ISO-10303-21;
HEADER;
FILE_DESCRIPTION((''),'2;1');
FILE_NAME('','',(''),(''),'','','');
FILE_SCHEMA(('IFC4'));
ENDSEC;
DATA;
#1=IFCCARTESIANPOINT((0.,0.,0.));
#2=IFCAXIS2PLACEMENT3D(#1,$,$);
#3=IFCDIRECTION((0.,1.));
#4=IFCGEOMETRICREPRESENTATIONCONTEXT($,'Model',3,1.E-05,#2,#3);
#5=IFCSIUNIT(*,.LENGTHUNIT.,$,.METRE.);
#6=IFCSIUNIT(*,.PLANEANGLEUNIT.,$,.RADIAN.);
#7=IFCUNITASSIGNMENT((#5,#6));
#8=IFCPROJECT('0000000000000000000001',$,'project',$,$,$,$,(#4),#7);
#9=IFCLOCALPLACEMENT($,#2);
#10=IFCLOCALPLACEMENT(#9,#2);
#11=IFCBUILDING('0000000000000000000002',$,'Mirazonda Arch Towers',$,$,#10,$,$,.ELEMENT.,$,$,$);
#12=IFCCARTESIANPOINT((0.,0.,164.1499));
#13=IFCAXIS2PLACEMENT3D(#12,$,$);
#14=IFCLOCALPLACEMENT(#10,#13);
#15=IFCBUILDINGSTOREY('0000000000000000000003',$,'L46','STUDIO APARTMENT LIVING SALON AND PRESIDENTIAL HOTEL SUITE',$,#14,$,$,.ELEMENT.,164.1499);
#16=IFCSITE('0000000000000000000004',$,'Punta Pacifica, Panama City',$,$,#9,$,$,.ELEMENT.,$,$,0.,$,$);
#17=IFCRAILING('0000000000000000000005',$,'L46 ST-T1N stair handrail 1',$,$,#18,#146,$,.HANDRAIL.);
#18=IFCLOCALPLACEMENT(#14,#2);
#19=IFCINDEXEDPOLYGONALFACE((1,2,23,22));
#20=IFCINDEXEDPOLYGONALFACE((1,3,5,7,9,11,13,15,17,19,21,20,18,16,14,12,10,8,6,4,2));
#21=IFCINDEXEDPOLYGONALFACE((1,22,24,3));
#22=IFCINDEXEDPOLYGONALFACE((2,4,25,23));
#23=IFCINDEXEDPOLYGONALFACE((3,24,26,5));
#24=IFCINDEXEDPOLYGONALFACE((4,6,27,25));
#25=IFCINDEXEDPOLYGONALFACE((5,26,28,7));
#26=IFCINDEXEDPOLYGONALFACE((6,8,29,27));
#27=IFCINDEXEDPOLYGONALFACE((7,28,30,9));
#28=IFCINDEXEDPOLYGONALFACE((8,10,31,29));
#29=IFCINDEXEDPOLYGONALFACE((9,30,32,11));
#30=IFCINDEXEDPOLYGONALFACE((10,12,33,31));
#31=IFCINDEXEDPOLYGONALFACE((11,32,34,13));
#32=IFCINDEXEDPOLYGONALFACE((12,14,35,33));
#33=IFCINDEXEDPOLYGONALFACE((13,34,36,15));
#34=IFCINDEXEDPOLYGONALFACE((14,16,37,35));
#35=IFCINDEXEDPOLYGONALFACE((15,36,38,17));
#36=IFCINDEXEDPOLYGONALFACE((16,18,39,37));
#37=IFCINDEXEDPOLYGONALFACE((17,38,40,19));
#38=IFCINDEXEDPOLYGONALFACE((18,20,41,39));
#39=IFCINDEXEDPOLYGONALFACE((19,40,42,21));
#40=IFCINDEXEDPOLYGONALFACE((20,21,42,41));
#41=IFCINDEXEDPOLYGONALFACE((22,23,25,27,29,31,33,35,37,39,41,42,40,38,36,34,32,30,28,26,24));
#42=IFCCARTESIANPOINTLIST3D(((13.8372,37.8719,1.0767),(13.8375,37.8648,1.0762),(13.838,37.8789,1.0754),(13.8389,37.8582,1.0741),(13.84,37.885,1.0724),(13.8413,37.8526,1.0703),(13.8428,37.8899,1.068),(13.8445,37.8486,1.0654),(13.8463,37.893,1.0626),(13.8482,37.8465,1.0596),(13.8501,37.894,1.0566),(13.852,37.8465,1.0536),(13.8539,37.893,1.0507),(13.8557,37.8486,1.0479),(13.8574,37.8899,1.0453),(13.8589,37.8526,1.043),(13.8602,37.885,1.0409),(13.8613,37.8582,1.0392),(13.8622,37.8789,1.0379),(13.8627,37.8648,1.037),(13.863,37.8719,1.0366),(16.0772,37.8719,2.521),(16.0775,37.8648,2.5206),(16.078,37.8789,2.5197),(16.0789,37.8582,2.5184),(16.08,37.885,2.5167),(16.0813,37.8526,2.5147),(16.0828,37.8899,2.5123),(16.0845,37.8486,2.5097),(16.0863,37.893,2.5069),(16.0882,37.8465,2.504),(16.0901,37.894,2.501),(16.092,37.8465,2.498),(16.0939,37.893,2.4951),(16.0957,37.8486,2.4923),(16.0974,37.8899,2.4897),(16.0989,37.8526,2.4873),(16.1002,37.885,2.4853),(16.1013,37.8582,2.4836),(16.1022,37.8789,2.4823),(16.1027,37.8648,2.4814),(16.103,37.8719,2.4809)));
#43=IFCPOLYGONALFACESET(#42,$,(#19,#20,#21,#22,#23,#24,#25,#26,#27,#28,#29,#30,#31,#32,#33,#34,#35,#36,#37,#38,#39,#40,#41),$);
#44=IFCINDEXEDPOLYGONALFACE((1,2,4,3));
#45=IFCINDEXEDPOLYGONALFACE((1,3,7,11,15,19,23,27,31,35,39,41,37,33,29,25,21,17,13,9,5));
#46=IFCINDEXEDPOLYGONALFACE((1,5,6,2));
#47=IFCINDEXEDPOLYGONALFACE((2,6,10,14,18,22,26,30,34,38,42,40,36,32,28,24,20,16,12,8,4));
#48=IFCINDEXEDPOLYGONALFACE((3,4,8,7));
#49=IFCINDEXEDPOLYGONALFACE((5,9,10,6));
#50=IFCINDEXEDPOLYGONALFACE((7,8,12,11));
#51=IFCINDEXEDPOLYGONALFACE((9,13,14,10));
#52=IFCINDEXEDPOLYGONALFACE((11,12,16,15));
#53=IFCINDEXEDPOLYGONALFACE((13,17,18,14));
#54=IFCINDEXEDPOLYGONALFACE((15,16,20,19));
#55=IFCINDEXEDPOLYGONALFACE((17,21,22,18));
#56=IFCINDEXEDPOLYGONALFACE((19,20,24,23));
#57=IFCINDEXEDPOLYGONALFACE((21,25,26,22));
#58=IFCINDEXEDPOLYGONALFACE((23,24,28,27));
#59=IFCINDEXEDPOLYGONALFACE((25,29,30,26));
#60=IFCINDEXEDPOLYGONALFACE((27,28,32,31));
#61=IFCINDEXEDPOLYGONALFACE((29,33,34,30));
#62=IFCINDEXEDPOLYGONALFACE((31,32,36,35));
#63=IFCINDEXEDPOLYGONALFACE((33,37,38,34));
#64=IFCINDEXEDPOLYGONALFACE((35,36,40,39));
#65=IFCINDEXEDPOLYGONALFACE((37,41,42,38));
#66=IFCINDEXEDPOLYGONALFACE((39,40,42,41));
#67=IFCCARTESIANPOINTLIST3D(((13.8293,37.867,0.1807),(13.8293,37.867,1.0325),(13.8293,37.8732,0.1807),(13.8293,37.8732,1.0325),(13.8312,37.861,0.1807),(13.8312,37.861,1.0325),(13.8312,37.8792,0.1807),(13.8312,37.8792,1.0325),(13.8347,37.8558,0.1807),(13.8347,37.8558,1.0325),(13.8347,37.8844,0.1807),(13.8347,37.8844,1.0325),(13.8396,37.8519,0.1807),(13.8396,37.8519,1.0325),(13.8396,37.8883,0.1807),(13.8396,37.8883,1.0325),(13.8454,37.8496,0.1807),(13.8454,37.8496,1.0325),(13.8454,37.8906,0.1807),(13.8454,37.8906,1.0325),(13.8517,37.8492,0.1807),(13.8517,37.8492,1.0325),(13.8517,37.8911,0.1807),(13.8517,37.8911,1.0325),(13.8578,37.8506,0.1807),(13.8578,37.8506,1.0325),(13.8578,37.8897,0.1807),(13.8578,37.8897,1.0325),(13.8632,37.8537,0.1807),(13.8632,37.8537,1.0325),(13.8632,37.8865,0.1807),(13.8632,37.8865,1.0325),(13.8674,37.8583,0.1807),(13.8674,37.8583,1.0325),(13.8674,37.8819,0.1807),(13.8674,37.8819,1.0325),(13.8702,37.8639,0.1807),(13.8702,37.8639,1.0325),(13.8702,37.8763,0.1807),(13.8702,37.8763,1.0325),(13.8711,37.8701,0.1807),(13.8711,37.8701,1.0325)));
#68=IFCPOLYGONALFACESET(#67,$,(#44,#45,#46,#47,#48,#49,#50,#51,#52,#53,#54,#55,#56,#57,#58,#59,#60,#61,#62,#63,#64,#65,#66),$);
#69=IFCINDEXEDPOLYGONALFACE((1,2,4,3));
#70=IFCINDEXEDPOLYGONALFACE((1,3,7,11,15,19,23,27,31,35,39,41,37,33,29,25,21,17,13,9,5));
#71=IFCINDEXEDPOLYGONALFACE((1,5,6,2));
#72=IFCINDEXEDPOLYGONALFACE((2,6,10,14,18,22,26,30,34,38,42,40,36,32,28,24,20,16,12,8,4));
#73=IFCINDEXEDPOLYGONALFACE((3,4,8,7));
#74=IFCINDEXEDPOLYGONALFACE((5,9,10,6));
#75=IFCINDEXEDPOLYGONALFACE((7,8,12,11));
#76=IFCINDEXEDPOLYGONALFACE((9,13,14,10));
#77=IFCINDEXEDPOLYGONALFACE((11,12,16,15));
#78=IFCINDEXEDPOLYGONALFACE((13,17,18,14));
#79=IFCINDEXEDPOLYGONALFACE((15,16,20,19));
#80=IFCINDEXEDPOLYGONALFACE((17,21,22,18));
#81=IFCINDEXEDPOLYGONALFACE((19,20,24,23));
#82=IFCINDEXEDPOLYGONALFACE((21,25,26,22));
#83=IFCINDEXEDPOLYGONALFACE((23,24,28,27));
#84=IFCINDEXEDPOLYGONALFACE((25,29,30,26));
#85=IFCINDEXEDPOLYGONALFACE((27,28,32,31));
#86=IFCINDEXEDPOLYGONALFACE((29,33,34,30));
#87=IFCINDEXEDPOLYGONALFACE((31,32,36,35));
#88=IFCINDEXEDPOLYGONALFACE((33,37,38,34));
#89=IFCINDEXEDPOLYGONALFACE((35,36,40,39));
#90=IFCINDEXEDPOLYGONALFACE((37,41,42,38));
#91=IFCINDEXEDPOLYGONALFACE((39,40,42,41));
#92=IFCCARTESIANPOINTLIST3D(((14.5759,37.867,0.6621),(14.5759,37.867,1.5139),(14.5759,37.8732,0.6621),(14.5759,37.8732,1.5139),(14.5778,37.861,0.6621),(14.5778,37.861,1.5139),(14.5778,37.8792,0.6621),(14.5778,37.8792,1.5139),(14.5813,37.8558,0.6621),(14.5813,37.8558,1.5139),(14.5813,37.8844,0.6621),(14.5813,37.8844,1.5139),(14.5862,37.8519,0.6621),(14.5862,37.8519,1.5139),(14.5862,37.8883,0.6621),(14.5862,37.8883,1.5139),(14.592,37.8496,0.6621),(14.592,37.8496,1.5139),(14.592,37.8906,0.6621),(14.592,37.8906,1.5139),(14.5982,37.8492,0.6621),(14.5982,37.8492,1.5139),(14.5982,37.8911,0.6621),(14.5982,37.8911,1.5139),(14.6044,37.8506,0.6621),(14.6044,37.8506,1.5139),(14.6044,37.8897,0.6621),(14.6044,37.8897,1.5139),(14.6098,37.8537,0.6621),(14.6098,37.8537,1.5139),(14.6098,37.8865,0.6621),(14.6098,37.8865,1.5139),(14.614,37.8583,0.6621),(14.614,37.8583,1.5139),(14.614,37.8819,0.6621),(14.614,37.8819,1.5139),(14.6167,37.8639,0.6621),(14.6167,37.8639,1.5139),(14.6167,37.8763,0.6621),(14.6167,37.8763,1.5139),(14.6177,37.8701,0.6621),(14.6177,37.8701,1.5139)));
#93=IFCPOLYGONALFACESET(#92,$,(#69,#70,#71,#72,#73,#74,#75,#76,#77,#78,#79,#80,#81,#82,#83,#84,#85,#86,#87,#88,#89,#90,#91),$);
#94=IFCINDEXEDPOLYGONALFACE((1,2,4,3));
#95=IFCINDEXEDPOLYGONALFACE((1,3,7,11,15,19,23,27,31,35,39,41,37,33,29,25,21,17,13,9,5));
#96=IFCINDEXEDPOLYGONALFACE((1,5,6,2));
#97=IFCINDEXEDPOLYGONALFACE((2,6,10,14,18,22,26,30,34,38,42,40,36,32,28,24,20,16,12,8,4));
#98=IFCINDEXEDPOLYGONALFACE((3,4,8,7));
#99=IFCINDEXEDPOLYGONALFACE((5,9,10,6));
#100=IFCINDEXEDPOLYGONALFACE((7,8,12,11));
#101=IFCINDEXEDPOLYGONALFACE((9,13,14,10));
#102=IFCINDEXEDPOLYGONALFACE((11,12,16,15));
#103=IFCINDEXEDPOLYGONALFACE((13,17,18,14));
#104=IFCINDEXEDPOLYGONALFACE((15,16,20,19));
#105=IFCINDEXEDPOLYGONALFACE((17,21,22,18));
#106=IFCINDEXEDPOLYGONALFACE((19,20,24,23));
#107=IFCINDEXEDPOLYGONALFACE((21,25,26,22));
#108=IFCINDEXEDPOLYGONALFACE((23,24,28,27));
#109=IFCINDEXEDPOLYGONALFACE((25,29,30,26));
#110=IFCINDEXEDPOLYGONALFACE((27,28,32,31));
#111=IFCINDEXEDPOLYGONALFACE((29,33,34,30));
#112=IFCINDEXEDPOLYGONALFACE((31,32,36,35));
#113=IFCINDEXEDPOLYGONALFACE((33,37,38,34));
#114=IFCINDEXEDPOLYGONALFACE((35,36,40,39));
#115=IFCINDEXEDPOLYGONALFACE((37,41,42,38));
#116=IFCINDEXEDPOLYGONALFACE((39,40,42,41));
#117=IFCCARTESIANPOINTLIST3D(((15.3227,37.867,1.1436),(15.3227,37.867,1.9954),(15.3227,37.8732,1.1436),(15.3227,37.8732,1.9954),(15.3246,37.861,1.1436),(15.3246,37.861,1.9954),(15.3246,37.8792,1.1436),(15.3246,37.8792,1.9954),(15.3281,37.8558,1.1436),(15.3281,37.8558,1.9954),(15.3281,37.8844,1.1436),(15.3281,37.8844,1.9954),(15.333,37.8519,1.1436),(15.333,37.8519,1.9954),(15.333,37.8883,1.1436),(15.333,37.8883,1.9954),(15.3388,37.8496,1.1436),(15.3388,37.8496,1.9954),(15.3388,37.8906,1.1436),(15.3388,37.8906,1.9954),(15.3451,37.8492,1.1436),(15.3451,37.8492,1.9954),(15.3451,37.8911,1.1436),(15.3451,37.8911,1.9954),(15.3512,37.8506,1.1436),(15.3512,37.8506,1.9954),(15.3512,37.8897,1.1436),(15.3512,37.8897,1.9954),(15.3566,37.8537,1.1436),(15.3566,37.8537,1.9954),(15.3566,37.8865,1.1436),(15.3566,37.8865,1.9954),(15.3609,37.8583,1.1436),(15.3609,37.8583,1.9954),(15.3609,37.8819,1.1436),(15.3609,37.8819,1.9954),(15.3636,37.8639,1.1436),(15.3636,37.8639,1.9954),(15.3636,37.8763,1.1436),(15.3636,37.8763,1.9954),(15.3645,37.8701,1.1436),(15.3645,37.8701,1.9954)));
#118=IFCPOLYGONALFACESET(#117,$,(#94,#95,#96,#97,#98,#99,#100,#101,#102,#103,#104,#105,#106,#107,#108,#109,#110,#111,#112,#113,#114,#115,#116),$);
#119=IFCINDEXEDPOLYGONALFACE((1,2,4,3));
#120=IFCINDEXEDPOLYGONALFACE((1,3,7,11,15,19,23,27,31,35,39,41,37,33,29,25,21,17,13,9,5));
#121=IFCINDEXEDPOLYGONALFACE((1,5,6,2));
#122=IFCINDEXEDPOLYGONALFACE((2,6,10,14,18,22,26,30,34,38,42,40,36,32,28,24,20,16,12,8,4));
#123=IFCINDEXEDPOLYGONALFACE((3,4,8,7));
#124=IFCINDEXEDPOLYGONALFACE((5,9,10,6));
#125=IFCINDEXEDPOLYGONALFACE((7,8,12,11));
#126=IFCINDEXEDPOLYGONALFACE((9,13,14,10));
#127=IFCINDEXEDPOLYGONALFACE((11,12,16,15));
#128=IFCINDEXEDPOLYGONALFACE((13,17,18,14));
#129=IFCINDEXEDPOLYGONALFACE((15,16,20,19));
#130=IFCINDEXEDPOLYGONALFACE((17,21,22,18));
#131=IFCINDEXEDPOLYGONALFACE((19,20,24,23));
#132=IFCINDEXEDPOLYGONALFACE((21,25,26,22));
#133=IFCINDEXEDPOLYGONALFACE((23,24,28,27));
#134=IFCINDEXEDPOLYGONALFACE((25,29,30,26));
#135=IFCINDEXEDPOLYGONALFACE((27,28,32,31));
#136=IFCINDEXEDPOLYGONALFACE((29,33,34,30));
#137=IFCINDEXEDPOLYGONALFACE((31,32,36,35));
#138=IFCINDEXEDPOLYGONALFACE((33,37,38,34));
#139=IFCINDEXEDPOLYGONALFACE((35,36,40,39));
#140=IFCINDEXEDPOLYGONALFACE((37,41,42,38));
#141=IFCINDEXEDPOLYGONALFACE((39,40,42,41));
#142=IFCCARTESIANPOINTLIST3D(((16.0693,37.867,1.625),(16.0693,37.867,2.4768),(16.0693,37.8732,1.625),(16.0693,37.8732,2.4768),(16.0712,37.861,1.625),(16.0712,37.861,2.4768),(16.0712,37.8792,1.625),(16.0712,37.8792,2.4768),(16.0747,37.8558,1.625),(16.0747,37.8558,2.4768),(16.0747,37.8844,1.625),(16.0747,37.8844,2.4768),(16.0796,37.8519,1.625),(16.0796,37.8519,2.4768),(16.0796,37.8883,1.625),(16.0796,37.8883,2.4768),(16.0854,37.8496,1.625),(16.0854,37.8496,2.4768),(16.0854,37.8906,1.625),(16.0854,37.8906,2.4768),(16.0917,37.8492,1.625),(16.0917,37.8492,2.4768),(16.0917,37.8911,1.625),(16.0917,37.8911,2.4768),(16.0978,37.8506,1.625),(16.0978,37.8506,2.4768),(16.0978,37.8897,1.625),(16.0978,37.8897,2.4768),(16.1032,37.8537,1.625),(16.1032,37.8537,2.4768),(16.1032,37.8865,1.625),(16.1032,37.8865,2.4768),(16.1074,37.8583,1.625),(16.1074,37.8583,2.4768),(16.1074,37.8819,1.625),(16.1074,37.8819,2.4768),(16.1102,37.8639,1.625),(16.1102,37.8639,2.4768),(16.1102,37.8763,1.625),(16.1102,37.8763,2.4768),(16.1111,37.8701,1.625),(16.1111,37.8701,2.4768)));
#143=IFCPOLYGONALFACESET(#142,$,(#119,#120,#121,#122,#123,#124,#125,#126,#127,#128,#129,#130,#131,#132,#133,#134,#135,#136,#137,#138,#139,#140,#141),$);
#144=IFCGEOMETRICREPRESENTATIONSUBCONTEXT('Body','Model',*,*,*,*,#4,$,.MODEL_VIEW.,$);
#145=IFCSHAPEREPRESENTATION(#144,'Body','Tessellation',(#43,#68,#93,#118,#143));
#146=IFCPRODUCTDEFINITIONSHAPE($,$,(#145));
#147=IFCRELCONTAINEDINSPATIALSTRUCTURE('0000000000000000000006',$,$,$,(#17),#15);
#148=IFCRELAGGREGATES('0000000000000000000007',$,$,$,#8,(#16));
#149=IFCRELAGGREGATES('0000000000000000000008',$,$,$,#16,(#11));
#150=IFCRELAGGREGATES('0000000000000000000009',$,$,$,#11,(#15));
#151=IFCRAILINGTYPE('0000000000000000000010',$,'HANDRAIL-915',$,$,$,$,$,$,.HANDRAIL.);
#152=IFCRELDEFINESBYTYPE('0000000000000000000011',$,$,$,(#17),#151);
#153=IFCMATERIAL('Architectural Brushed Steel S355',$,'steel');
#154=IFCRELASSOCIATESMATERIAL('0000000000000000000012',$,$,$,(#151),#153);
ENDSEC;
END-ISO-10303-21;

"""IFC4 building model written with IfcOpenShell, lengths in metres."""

from ifc_helpers import new_model, si_unit, direction, frame, origin, origin_2d, place, context, subcontext, project, spatial, circle, extrude, material, type_object, element, save


model = new_model("IFC4")

# Units and contexts
model_context = context("Model", 3, precision=1e-05, world=origin(), true_north=direction((0.0, 1.0)))
body_context = subcontext(model_context, "Body", "Model", "MODEL_VIEW")
ifc_project = project(units=[si_unit("LENGTHUNIT", "METRE"), si_unit("PLANEANGLEUNIT", "RADIAN")], contexts=[model_context])

# Site, building, storey
site_placement = place(None, origin())
site = spatial("IfcSite", under=ifc_project, at=site_placement, Name="Punta Pacifica, Panama City", CompositionType="ELEMENT", RefElevation=0.0)
building_placement = place(site_placement, origin())
building = spatial("IfcBuilding", under=site, at=building_placement, Name="Mirazonda Arch Towers", CompositionType="ELEMENT")
storey_placement = place(building_placement, frame((0.0, 0.0, 164.1499)))
storey = spatial("IfcBuildingStorey", under=building, at=storey_placement, Name="L46", Description="STUDIO APARTMENT LIVING SALON AND PRESIDENTIAL HOTEL SUITE", CompositionType="ELEMENT", Elevation=164.1499)

# Shared definitions
ifc_material_1 = material(Name="Architectural Brushed Steel S355", Category="steel")

# Railing
railing_type_1 = type_object("IfcRailingType", Name="HANDRAIL-915", PredefinedType="HANDRAIL", material=ifc_material_1)
railing_1_placement = place(storey_placement, frame((13.8501, 37.8701, 0.1807)))
element("IfcRailing", 1, at=railing_1_placement, inside=storey, type_object=railing_type_1, Name="L46 ST-T1N stair handrail 1", PredefinedType="HANDRAIL", context=body_context, shape_type="SweptSolid", body=[
    extrude(circle(Radius=0.0239, at=origin_2d()), frame((0.0, 0.0, 0.876), z_axis=(0.840437, 0.0, 0.54191), x_axis=(0.0, 1.0, 0.0)), (0.0, 0.0, 1.0), 2.6653),
    extrude(circle(Radius=0.021, at=origin_2d()), origin(), (0.0, 0.0, 1.0), 0.8518),
    extrude(circle(Radius=0.021, at=origin_2d()), frame((0.7466, 0.0, 0.4814)), (0.0, 0.0, 1.0), 0.8518),
    extrude(circle(Radius=0.021, at=origin_2d()), frame((1.4934, 0.0, 0.9629)), (0.0, 0.0, 1.0), 0.8518),
    extrude(circle(Radius=0.021, at=origin_2d()), frame((2.24, 0.0, 1.4443)), (0.0, 0.0, 1.0), 0.8518),
])

save(model, "model.ifc")
